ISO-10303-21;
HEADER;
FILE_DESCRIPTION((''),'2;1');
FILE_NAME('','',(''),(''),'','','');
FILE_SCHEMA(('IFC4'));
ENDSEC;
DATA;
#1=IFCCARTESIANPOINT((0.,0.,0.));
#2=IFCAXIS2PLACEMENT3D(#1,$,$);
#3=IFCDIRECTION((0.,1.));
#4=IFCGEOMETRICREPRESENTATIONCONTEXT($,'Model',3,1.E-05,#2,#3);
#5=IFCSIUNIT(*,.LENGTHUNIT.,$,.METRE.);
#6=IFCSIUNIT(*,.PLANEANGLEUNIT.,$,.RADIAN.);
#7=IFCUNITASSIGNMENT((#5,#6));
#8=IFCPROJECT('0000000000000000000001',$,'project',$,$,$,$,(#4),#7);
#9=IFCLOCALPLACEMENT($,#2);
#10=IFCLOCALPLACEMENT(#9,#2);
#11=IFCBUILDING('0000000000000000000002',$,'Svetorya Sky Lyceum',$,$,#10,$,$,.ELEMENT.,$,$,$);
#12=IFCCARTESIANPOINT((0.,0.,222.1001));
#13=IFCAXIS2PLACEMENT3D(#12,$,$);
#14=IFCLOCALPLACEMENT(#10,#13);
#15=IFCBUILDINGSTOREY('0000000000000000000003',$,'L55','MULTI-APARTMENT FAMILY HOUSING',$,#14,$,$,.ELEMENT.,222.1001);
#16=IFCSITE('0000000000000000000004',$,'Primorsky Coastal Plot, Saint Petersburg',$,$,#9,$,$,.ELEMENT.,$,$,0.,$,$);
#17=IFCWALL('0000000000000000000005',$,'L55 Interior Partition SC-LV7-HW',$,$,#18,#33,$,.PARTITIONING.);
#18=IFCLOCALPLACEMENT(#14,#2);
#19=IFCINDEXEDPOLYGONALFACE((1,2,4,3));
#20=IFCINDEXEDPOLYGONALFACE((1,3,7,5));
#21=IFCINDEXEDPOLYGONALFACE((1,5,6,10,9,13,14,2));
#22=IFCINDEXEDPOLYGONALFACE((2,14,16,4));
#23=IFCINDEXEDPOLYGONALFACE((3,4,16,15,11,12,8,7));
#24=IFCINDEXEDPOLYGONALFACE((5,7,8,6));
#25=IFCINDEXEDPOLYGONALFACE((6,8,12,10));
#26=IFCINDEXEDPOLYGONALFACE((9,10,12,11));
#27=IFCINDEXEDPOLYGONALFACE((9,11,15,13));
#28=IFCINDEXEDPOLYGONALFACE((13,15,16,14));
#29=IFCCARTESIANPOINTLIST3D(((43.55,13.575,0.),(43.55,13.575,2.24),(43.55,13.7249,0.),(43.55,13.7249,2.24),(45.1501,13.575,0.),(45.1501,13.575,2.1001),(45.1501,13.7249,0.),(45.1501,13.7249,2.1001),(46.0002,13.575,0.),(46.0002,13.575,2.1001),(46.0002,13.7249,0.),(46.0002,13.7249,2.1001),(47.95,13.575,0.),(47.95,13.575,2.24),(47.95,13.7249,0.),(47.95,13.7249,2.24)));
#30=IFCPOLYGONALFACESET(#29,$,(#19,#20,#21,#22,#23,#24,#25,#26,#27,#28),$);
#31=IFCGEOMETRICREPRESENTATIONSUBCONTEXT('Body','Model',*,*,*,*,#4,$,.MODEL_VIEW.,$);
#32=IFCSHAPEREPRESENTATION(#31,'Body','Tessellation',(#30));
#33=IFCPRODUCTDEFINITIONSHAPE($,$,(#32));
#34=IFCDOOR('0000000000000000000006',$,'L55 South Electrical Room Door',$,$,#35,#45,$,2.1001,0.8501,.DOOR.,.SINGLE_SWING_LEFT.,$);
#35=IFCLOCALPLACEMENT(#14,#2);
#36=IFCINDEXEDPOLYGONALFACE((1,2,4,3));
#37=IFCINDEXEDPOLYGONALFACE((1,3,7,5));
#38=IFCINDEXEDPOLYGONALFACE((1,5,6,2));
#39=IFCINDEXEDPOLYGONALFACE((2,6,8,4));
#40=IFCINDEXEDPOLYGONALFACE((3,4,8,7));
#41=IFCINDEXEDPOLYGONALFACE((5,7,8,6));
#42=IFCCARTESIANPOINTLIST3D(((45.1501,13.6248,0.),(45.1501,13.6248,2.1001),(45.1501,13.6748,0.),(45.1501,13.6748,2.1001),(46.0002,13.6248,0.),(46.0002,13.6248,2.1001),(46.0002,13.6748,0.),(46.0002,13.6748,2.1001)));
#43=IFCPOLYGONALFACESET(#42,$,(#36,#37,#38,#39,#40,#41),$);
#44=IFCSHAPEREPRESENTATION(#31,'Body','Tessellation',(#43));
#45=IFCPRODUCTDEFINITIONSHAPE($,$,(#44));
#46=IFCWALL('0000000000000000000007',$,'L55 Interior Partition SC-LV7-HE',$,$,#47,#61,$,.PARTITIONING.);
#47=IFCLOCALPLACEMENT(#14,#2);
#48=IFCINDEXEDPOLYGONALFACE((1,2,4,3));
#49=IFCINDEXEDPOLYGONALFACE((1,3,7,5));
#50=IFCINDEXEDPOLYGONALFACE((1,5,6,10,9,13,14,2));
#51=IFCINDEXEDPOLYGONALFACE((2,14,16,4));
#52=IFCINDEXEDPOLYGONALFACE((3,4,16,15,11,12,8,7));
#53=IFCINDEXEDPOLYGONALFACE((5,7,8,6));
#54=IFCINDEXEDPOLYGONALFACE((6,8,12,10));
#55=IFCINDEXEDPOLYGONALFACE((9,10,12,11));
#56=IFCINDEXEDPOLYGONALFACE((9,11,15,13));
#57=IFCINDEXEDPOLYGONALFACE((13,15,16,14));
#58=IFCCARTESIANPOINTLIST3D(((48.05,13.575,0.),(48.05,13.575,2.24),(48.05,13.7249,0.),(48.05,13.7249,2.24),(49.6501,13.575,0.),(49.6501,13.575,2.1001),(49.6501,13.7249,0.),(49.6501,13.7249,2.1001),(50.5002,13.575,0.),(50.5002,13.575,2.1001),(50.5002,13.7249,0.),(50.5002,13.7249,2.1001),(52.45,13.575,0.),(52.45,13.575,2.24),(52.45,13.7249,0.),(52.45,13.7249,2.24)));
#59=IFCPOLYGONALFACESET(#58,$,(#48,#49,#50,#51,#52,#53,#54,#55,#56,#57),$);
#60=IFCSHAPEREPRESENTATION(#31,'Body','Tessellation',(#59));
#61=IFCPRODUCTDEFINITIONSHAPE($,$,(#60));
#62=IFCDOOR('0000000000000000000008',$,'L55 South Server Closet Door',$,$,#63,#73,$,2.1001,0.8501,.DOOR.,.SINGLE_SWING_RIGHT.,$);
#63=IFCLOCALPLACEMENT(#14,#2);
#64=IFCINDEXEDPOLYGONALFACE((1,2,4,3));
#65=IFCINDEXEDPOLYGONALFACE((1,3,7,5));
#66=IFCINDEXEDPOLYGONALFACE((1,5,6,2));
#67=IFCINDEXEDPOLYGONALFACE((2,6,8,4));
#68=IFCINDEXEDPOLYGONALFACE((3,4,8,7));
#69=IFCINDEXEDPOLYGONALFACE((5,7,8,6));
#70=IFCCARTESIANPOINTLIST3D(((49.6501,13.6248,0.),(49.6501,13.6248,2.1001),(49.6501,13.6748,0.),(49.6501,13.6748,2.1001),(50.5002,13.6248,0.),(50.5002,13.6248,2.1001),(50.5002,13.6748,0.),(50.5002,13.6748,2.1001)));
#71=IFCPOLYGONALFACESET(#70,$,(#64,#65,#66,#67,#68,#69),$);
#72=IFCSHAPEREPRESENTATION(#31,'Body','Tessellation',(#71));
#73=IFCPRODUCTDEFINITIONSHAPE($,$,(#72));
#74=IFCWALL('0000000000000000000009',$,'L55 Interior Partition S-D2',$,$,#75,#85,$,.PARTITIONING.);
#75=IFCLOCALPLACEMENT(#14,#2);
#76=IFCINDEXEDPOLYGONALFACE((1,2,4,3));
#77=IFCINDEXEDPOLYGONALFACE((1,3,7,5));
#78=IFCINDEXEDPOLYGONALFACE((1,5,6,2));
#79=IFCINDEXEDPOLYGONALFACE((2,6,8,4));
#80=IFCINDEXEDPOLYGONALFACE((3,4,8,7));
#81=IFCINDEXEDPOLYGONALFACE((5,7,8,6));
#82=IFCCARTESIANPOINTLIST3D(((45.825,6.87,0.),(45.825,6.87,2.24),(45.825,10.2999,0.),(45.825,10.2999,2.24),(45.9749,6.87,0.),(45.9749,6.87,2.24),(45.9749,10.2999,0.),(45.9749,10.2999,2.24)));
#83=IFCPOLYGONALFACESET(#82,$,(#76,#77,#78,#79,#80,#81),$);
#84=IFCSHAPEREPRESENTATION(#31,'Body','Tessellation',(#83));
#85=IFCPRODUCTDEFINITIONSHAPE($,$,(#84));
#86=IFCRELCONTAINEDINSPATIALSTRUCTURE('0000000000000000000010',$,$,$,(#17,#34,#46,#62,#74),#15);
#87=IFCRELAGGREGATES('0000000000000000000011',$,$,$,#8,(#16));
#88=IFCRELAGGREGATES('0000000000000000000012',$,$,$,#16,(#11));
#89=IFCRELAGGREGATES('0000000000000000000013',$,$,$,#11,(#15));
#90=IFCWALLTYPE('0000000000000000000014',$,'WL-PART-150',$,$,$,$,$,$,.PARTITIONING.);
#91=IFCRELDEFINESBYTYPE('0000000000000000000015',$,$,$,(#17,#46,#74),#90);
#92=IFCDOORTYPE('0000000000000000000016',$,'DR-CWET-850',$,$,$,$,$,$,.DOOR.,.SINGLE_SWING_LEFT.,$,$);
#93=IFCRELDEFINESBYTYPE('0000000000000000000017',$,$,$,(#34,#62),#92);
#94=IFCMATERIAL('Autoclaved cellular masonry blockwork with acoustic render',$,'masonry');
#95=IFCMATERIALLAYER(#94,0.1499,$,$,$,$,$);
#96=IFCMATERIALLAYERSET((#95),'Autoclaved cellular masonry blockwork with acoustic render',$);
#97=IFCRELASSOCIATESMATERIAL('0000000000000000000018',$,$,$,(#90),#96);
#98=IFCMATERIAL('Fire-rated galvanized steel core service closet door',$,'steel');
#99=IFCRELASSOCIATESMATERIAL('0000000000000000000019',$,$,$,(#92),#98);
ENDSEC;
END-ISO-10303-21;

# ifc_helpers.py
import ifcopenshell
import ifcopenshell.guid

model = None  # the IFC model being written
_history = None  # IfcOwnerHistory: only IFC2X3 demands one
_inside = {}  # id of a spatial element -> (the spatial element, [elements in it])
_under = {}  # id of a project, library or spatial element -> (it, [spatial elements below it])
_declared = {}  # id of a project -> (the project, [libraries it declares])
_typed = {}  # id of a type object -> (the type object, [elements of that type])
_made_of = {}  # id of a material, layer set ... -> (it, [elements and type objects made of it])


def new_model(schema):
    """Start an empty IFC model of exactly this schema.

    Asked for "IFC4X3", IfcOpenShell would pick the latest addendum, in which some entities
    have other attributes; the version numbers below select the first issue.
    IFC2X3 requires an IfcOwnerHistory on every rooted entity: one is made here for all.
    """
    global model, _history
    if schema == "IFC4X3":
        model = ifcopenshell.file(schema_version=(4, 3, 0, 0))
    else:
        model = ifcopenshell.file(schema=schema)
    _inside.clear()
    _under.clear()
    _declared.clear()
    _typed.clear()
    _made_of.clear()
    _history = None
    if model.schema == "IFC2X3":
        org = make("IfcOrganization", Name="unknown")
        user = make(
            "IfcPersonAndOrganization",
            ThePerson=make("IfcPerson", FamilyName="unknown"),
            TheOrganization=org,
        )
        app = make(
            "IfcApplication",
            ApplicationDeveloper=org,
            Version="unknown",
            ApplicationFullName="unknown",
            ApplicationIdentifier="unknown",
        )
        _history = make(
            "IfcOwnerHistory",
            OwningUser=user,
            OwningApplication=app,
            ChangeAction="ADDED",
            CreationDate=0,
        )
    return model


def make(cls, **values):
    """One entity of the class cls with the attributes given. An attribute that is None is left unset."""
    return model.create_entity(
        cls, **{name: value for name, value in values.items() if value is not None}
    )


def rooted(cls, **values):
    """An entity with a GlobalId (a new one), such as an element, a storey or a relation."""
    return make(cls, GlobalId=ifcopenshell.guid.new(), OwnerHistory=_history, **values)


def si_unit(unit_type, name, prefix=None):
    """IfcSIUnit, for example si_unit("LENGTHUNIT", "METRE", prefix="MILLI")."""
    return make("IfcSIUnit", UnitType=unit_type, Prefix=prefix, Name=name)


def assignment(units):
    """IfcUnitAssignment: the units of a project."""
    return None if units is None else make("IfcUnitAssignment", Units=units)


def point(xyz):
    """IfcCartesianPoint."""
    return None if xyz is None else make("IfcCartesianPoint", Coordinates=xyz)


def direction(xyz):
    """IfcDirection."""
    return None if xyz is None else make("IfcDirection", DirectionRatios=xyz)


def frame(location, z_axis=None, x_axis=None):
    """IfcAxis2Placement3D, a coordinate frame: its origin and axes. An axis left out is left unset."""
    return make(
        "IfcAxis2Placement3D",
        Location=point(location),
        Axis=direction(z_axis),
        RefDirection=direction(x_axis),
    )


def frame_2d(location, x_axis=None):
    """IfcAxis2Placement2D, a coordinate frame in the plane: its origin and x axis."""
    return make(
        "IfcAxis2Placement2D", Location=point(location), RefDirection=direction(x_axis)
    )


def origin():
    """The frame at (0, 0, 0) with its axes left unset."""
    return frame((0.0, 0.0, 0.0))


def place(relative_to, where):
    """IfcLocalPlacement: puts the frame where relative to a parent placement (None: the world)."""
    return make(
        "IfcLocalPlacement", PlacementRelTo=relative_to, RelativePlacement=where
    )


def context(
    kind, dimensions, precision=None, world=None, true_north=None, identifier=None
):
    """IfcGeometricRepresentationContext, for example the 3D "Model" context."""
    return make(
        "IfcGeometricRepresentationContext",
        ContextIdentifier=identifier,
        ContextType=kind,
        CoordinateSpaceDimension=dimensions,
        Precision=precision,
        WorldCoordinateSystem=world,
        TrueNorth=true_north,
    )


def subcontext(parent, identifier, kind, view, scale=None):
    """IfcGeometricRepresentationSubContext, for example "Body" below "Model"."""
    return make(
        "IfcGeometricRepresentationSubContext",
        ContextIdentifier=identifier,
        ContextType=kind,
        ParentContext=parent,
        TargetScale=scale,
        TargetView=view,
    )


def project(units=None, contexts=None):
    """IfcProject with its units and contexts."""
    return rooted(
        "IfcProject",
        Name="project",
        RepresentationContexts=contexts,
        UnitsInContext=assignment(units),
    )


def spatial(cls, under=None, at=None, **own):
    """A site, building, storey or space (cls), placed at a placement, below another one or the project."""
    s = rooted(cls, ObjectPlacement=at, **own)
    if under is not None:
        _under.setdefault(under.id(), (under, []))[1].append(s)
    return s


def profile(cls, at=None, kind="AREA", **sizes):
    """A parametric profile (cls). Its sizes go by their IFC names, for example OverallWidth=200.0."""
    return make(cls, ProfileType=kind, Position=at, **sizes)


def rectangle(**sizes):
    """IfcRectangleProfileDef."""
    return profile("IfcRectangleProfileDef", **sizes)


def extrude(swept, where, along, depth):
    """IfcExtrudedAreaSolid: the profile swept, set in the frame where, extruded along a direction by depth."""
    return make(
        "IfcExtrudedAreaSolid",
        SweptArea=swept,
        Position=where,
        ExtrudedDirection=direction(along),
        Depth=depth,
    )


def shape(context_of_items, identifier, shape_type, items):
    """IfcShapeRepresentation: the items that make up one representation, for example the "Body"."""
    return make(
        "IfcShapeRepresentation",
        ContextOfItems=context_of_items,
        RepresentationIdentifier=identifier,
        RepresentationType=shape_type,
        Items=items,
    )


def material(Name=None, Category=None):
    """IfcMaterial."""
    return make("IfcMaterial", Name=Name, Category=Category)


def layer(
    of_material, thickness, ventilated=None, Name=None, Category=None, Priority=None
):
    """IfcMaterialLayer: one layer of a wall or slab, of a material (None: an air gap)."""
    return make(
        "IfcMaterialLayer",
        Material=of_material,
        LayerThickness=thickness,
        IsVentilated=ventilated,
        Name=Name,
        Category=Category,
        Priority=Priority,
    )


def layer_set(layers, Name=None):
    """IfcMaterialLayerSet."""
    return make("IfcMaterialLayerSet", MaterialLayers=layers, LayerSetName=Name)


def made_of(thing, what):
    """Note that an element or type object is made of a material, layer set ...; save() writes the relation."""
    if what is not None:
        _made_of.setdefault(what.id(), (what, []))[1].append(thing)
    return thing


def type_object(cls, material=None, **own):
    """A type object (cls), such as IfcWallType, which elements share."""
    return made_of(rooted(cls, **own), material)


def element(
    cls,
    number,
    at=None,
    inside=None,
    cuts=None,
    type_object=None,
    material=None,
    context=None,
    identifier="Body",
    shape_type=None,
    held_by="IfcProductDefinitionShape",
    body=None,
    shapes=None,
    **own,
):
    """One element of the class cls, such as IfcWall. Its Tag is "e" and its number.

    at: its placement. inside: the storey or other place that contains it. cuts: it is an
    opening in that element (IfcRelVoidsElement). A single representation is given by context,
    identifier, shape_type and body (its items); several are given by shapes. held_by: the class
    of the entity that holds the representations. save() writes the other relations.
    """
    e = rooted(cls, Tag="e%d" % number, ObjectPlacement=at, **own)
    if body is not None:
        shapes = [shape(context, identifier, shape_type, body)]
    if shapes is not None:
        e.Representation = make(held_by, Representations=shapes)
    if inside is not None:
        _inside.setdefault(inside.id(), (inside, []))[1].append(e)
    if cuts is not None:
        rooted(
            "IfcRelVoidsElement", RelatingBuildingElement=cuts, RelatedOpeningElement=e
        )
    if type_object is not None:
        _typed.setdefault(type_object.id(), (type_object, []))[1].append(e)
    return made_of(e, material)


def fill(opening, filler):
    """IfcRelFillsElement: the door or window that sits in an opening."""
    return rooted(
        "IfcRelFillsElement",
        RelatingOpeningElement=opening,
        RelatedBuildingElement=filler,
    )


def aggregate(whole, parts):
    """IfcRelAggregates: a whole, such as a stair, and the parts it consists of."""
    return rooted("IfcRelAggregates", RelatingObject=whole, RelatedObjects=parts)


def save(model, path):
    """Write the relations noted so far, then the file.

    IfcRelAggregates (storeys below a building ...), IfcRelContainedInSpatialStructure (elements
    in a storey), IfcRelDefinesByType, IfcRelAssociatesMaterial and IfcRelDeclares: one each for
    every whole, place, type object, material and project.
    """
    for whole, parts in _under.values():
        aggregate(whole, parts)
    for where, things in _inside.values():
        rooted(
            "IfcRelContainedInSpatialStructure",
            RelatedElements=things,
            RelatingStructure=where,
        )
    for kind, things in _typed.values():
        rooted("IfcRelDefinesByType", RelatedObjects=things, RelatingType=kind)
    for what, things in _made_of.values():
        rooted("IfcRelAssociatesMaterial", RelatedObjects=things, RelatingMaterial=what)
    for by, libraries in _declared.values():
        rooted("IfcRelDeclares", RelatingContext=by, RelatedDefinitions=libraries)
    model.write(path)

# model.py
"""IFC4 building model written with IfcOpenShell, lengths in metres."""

from ifc_helpers import new_model, si_unit, direction, frame, frame_2d, origin, place, context, subcontext, project, spatial, rectangle, extrude, material, layer, layer_set, type_object, element, fill, save


model = new_model("IFC4")

# Units and contexts
model_context = context("Model", 3, precision=1e-05, world=origin(), true_north=direction((0.0, 1.0)))
body_context = subcontext(model_context, "Body", "Model", "MODEL_VIEW")
ifc_project = project(units=[si_unit("LENGTHUNIT", "METRE"), si_unit("PLANEANGLEUNIT", "RADIAN")], contexts=[model_context])

# Site, building, storey
site_placement = place(None, origin())
site = spatial("IfcSite", under=ifc_project, at=site_placement, Name="Primorsky Coastal Plot, Saint Petersburg", CompositionType="ELEMENT", RefElevation=0.0)
building_placement = place(site_placement, origin())
building = spatial("IfcBuilding", under=site, at=building_placement, Name="Svetorya Sky Lyceum", CompositionType="ELEMENT")
storey_placement = place(building_placement, frame((0.0, 0.0, 222.1001)))
storey = spatial("IfcBuildingStorey", under=building, at=storey_placement, Name="L55", Description="MULTI-APARTMENT FAMILY HOUSING", CompositionType="ELEMENT", Elevation=222.1001)

# Shared definitions
ifc_material_1 = material(Name="Autoclaved cellular masonry blockwork with acoustic render", Category="masonry")
ifc_layer_1 = layer(ifc_material_1, 0.1499)
ifc_layer_set_1 = layer_set([ifc_layer_1], Name="Autoclaved cellular masonry blockwork with acoustic render")
wall_type_1 = type_object("IfcWallType", Name="WL-PART-150", PredefinedType="PARTITIONING", material=ifc_layer_set_1)

# Walls, openings, doors
wall_1_placement = place(storey_placement, frame((43.55, 13.6499, 0.0), z_axis=(0.0, 0.0, 1.0), x_axis=(1.0, 0.0, 0.0)))
wall_1 = element("IfcWall", 1, at=wall_1_placement, inside=storey, type_object=wall_type_1, Name="L55 Interior Partition SC-LV7-HW", PredefinedType="PARTITIONING", context=body_context, shape_type="SweptSolid", body=[
    extrude(rectangle(XDim=4.3999, YDim=0.1499, at=frame_2d((2.2, 0.0))), origin(), (0.0, 0.0, 1.0), 2.24),
])
opening_1_placement = place(wall_1_placement, frame((1.6001, 0.0, 0.0)))
opening_1 = element("IfcOpeningElement", 2, at=opening_1_placement, cuts=wall_1, PredefinedType="OPENING", context=body_context, shape_type="SweptSolid", body=[
    extrude(rectangle(XDim=0.8501, YDim=2.1001, at=frame_2d((0.425, 1.05))), frame((0.0, 0.085, 0.0), z_axis=(0.0, -1.0, 0.0), x_axis=(1.0, 0.0, 0.0)), (0.0, 0.0, 1.0), 0.1699),
])
ifc_material_2 = material(Name="Fire-rated galvanized steel core service closet door", Category="steel")
door_type = type_object("IfcDoorType", Name="DR-CWET-850", OperationType="SINGLE_SWING_LEFT", PredefinedType="DOOR", material=ifc_material_2)
door_1_placement = place(opening_1_placement, origin())
door_1 = element("IfcDoor", 3, at=door_1_placement, inside=storey, type_object=door_type, Name="L55 South Electrical Room Door", OperationType="SINGLE_SWING_LEFT", OverallHeight=2.1001, OverallWidth=0.8501, PredefinedType="DOOR", context=body_context, shape_type="SweptSolid", body=[
    extrude(rectangle(XDim=0.8501, YDim=2.1001, at=frame_2d((0.425, 1.05))), frame((0.0, 0.0249, 0.0), z_axis=(0.0, -1.0, 0.0), x_axis=(1.0, 0.0, 0.0)), (0.0, 0.0, 1.0), 0.05),
])
fill(opening_1, door_1)
wall_2_placement = place(storey_placement, frame((48.05, 13.6499, 0.0), z_axis=(0.0, 0.0, 1.0), x_axis=(1.0, 0.0, 0.0)))
wall_2 = element("IfcWall", 4, at=wall_2_placement, inside=storey, type_object=wall_type_1, Name="L55 Interior Partition SC-LV7-HE", PredefinedType="PARTITIONING", context=body_context, shape_type="SweptSolid", body=[
    extrude(rectangle(XDim=4.3999, YDim=0.1499, at=frame_2d((2.2, 0.0))), origin(), (0.0, 0.0, 1.0), 2.24),
])
opening_2_placement = place(wall_2_placement, frame((1.6001, 0.0, 0.0)))
opening_2 = element("IfcOpeningElement", 5, at=opening_2_placement, cuts=wall_2, PredefinedType="OPENING", context=body_context, shape_type="SweptSolid", body=[
    extrude(rectangle(XDim=0.8501, YDim=2.1001, at=frame_2d((0.425, 1.05))), frame((0.0, 0.085, 0.0), z_axis=(0.0, -1.0, 0.0), x_axis=(1.0, 0.0, 0.0)), (0.0, 0.0, 1.0), 0.1699),
])
door_2_placement = place(opening_2_placement, origin())
door_2 = element("IfcDoor", 6, at=door_2_placement, inside=storey, type_object=door_type, Name="L55 South Server Closet Door", OperationType="SINGLE_SWING_RIGHT", OverallHeight=2.1001, OverallWidth=0.8501, PredefinedType="DOOR", context=body_context, shape_type="SweptSolid", body=[
    extrude(rectangle(XDim=0.8501, YDim=2.1001, at=frame_2d((0.425, 1.05))), frame((0.0, 0.0249, 0.0), z_axis=(0.0, -1.0, 0.0), x_axis=(1.0, 0.0, 0.0)), (0.0, 0.0, 1.0), 0.05),
])
fill(opening_2, door_2)

# Wall
wall_3_placement = place(storey_placement, frame((45.8999, 6.8701, 0.0), z_axis=(0.0, 0.0, 1.0), x_axis=(0.0, 1.0, 0.0)))
element("IfcWall", 7, at=wall_3_placement, inside=storey, type_object=wall_type_1, Name="L55 Interior Partition S-D2", PredefinedType="PARTITIONING", context=body_context, shape_type="SweptSolid", body=[
    extrude(rectangle(XDim=3.4299, YDim=0.1499, at=frame_2d((1.7148, 0.0))), origin(), (0.0, 0.0, 1.0), 2.24),
])

save(model, "model.ifc")
